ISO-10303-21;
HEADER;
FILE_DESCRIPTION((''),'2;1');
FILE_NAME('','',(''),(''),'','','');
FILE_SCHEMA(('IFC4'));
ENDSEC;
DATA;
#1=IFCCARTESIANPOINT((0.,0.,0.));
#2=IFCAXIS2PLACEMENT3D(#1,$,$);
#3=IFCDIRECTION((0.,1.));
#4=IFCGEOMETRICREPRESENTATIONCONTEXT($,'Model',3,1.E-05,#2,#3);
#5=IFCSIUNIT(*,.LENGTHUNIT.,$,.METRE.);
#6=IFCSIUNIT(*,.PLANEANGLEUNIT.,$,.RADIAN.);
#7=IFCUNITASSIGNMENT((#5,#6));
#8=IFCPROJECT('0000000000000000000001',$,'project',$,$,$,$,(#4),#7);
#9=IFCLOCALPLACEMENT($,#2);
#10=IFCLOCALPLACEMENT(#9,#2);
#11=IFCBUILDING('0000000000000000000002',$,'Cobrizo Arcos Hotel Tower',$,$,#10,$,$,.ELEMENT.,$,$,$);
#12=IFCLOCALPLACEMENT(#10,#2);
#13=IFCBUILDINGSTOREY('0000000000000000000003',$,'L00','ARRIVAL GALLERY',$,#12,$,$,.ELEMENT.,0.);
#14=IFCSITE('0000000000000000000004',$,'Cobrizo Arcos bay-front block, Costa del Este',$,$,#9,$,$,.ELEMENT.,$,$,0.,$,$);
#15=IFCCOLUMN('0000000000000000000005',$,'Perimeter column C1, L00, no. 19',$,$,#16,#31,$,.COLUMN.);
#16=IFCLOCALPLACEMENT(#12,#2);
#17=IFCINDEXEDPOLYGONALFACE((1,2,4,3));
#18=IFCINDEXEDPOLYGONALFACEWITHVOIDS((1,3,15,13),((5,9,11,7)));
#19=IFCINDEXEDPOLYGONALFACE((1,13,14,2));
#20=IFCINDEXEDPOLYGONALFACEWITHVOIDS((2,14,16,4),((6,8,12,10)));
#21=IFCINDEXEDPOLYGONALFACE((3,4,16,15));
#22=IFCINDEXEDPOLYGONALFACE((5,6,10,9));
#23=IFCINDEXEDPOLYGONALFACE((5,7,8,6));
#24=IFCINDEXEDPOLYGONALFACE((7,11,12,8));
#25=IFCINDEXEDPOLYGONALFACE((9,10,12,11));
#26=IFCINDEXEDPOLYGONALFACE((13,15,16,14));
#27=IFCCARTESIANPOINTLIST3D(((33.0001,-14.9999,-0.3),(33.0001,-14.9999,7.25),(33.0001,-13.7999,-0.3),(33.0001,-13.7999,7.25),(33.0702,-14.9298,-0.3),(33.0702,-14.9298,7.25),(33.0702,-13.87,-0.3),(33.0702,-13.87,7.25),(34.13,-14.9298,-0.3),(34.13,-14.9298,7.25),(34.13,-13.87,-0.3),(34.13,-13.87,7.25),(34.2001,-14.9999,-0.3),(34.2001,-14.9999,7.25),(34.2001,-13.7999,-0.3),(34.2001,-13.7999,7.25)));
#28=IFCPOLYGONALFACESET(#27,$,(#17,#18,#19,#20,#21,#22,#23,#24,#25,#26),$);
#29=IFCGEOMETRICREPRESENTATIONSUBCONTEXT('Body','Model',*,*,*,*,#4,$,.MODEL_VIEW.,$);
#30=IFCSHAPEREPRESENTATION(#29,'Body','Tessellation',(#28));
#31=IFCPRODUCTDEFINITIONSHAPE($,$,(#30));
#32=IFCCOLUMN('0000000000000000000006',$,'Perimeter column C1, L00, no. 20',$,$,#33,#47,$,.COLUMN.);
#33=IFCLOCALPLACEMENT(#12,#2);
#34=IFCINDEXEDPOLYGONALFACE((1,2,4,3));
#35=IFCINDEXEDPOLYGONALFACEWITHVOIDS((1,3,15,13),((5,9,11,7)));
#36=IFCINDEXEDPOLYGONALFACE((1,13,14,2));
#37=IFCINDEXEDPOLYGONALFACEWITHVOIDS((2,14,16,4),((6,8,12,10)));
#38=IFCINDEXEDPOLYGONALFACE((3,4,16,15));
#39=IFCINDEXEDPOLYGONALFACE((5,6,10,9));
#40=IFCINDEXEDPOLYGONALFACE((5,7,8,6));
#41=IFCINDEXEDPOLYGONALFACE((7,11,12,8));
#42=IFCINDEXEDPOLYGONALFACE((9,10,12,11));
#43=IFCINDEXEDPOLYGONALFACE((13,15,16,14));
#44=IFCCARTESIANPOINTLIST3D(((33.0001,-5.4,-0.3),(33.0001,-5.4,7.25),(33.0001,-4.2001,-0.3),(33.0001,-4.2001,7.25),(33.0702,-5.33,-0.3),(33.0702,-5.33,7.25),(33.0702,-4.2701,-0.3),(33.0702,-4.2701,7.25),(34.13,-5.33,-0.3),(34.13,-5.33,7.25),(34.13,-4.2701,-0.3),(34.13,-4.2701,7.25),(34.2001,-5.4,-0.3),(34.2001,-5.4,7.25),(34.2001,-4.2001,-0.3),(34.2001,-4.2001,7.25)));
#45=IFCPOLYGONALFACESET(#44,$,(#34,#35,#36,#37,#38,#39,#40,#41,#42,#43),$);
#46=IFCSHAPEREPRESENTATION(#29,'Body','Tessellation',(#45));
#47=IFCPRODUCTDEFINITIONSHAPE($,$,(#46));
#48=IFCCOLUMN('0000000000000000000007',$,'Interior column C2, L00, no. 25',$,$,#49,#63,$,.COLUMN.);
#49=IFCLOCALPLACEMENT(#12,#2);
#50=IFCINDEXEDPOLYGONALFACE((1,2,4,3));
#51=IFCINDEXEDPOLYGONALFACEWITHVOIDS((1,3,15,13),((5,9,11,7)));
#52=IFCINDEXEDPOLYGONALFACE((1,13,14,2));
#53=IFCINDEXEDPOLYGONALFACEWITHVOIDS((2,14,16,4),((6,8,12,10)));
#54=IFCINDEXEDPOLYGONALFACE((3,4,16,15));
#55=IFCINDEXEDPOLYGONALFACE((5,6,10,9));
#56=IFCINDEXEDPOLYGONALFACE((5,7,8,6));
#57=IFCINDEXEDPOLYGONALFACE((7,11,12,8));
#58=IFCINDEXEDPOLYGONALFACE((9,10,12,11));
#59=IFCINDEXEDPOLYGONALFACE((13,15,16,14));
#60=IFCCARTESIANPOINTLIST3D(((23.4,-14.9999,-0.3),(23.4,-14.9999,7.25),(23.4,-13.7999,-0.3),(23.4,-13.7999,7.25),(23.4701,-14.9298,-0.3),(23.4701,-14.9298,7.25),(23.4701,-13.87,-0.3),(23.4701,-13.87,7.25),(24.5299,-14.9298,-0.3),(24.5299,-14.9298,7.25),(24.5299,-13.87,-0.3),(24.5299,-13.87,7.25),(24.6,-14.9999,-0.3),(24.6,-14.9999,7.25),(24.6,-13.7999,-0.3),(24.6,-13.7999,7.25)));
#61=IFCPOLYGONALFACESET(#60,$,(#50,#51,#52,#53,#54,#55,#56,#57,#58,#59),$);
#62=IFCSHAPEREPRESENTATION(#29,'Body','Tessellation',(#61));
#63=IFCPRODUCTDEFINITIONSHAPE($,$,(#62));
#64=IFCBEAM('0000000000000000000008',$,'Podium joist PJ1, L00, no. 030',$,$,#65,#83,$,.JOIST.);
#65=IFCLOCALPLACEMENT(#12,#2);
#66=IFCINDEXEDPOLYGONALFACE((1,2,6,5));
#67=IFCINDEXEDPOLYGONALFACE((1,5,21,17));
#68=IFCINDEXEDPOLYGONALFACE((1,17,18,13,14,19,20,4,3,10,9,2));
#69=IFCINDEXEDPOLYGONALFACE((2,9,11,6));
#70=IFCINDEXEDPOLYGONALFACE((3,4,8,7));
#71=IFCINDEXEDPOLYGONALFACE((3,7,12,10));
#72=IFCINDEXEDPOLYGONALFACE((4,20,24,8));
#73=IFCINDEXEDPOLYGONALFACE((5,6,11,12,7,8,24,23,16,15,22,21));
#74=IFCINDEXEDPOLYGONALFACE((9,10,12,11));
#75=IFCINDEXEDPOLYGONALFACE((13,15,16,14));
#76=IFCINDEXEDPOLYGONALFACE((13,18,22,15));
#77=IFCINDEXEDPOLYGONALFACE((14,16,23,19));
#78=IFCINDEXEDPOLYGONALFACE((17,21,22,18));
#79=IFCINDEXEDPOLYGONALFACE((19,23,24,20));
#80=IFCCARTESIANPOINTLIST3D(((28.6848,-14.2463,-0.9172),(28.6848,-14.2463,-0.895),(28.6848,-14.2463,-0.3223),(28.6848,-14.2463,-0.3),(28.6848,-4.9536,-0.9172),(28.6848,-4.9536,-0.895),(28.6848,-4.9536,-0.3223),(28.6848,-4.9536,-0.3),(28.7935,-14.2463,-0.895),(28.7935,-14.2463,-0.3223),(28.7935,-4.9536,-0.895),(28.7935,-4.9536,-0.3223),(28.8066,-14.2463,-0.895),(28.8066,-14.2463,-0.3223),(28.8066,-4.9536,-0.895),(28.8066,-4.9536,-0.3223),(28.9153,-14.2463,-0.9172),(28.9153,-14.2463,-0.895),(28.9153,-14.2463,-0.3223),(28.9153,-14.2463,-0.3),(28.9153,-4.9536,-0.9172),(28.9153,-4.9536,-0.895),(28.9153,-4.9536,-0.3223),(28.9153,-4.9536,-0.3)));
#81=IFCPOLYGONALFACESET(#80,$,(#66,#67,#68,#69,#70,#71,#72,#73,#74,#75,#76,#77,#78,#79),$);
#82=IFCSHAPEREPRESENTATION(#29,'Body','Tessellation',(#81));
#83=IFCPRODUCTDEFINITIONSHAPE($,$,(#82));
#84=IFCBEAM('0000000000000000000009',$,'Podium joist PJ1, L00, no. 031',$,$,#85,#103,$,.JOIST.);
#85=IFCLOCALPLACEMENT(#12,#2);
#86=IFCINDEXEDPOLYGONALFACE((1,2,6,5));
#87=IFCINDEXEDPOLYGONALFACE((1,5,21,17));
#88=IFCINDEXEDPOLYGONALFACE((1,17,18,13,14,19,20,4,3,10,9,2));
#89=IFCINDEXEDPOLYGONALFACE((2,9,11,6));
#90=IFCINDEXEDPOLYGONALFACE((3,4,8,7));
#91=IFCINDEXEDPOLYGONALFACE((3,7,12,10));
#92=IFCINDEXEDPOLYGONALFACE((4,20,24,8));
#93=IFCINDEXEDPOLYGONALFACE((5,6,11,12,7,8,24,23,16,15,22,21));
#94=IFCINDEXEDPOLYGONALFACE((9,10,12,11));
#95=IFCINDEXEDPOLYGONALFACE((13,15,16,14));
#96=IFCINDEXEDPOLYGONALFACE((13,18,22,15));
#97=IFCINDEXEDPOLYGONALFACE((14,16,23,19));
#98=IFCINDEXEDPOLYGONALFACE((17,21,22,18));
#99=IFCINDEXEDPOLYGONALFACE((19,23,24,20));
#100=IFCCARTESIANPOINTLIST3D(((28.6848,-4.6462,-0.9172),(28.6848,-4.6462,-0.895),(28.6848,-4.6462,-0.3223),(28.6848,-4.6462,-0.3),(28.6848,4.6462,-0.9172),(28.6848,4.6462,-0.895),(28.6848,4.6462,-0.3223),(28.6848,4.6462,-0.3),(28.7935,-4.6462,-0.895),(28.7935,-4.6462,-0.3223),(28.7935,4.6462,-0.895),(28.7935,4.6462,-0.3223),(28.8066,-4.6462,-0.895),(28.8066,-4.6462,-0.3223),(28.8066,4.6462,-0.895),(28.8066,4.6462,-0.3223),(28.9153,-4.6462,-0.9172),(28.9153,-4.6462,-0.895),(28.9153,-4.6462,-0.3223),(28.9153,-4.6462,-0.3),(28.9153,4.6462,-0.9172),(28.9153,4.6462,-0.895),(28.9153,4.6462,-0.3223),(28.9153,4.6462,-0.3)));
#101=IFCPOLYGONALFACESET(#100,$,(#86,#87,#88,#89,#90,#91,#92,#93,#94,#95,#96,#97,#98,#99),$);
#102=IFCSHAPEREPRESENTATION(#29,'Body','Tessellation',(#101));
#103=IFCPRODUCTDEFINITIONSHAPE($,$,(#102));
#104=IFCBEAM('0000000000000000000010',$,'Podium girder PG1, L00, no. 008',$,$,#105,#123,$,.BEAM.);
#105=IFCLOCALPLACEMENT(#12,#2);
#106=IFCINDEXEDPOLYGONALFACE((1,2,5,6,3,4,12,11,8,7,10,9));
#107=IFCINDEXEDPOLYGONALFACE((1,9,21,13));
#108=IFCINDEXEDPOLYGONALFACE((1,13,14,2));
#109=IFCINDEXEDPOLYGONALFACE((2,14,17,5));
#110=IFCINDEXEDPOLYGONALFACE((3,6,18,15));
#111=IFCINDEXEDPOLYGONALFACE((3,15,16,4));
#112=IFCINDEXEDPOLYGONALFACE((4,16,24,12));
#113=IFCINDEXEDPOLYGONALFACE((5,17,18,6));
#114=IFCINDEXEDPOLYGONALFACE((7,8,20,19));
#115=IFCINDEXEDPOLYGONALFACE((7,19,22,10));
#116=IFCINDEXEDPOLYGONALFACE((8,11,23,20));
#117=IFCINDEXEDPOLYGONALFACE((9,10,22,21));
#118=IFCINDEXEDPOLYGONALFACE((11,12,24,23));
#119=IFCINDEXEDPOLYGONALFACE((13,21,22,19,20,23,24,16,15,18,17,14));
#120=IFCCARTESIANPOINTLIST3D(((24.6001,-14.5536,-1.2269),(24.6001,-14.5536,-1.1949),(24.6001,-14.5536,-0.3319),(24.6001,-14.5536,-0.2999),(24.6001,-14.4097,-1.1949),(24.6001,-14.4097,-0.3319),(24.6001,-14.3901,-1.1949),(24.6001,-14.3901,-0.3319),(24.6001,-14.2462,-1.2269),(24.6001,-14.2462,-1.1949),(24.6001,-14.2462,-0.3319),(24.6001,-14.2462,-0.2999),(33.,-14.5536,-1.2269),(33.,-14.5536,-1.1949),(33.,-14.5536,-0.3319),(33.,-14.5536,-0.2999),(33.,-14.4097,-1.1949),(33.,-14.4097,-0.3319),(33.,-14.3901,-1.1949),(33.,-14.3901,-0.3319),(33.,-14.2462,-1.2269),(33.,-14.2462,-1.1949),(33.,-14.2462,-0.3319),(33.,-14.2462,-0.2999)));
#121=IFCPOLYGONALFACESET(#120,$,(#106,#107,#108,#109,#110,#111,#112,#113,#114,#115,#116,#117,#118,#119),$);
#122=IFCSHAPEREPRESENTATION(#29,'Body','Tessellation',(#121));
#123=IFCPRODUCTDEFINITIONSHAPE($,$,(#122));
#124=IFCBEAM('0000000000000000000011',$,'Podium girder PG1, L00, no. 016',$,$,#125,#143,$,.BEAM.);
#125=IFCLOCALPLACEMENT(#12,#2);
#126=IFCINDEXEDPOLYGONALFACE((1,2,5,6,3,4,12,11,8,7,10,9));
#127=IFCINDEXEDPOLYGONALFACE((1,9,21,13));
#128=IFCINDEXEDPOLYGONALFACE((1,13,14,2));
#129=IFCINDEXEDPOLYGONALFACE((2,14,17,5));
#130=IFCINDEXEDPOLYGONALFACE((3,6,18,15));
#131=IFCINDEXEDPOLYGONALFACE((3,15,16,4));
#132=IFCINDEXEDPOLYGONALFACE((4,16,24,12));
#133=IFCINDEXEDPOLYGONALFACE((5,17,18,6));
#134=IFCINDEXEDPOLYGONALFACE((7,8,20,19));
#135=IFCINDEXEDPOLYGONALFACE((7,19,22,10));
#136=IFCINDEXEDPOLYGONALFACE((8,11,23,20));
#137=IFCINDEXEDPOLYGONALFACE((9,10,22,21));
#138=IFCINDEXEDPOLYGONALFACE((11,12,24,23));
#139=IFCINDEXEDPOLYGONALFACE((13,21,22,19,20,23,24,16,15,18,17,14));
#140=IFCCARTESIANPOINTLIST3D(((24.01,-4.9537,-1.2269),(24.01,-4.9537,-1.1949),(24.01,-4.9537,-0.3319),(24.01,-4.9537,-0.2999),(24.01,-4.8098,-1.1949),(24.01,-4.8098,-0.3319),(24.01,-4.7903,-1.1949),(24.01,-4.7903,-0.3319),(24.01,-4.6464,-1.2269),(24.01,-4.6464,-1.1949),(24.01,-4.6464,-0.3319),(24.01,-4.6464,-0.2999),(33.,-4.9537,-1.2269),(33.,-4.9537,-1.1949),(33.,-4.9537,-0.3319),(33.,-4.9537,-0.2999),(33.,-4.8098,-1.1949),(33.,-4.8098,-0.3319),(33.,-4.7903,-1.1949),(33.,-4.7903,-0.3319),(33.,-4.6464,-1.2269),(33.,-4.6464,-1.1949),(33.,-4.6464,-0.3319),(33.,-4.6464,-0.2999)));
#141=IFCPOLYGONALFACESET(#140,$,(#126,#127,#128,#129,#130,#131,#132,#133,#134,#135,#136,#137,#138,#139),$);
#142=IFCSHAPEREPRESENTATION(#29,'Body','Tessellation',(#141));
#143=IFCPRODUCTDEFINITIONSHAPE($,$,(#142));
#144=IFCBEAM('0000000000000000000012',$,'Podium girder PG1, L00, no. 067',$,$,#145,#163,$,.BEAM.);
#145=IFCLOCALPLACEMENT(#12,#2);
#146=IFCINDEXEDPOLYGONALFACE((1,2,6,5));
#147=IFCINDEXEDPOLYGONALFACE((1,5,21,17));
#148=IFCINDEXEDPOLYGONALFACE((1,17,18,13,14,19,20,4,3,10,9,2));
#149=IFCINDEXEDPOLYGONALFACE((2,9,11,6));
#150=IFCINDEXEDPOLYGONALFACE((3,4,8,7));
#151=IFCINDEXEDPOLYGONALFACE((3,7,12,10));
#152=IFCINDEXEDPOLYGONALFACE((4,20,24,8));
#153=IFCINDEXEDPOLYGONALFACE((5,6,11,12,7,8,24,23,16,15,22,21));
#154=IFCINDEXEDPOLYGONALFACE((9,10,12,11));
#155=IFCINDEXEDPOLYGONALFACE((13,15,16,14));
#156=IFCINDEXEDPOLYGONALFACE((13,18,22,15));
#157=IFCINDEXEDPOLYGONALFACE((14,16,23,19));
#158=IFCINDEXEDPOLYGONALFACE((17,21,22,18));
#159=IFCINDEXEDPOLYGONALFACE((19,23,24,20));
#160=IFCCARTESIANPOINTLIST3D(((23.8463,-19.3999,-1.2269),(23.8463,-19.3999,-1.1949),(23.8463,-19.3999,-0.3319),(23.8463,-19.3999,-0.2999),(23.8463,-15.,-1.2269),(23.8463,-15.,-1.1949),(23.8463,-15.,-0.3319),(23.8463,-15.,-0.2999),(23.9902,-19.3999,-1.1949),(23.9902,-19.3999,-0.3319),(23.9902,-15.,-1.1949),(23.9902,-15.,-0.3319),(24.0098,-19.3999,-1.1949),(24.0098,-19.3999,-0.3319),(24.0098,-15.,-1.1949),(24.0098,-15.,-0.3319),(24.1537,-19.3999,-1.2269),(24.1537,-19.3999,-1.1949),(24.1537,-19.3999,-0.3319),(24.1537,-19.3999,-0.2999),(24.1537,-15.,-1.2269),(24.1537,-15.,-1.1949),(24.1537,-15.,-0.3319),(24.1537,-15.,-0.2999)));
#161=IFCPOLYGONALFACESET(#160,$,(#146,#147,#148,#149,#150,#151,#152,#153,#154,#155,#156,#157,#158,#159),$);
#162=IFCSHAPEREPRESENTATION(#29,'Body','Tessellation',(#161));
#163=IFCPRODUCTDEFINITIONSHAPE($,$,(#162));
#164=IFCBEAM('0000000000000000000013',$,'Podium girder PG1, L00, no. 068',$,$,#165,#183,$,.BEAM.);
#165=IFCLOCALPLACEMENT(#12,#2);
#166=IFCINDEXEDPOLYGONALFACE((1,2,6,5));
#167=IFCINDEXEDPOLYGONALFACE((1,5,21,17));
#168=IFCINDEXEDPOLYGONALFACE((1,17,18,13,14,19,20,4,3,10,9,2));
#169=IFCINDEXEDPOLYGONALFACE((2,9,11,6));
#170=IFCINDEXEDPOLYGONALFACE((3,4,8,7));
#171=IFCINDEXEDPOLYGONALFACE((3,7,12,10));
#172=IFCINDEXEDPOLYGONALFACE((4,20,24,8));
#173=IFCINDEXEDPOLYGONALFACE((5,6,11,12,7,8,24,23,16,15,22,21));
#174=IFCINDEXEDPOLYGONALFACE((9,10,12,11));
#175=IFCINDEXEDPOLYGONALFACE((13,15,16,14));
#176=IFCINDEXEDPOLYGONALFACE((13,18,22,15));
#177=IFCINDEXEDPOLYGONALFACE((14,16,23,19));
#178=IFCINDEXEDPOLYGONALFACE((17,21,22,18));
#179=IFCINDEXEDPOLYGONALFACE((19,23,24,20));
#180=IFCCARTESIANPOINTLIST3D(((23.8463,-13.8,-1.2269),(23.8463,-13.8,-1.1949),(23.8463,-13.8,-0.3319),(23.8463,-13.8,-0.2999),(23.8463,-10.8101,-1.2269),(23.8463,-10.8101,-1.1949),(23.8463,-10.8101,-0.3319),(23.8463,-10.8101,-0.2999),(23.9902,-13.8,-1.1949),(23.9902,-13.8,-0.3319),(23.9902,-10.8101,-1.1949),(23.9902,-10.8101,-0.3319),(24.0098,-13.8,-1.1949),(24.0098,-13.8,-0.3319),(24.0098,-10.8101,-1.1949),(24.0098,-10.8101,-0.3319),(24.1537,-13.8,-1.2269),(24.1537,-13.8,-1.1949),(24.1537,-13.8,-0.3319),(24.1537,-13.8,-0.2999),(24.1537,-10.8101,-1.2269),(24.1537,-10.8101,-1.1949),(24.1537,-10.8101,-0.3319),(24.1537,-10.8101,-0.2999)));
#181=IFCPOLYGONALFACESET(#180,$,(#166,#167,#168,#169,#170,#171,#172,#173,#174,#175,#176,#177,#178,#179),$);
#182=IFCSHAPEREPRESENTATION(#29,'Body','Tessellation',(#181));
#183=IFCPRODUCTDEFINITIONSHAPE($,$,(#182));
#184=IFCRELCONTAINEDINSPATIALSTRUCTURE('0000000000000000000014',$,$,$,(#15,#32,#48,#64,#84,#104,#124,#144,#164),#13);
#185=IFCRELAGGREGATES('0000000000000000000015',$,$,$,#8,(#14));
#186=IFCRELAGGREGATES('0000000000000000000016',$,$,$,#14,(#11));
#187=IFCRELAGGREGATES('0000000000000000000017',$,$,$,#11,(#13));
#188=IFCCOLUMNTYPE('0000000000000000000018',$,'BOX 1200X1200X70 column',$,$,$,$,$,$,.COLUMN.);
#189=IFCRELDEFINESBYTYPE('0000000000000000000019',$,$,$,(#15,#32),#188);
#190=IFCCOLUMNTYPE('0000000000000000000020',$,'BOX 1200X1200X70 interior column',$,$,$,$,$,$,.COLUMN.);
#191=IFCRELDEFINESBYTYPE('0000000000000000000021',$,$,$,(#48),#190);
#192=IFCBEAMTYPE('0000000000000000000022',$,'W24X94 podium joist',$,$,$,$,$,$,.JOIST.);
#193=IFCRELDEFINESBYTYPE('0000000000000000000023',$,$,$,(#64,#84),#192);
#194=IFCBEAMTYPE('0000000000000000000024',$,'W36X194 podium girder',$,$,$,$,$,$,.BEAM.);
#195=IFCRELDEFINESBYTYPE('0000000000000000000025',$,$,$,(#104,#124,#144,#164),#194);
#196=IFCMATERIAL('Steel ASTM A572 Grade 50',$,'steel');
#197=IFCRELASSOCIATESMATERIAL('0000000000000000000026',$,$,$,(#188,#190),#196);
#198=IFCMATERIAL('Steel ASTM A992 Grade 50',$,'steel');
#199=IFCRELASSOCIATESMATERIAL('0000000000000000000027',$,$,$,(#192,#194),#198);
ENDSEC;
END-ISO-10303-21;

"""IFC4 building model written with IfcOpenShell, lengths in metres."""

from ifc_helpers import new_model, si_unit, direction, frame, origin, origin_2d, place, context, subcontext, project, spatial, hollow_rectangle, i_section, extrude, material, material_profile, profile_set, type_object, element, save


model = new_model("IFC4")

# Units and contexts
model_context = context("Model", 3, precision=1e-05, world=origin(), true_north=direction((0.0, 1.0)))
body_context = subcontext(model_context, "Body", "Model", "MODEL_VIEW")
ifc_project = project(units=[si_unit("LENGTHUNIT", "METRE"), si_unit("PLANEANGLEUNIT", "RADIAN")], contexts=[model_context])

# Site, building, storey
site_placement = place(None, origin())
site = spatial("IfcSite", under=ifc_project, at=site_placement, Name="Cobrizo Arcos bay-front block, Costa del Este", CompositionType="ELEMENT", RefElevation=0.0)
building_placement = place(site_placement, origin())
building = spatial("IfcBuilding", under=site, at=building_placement, Name="Cobrizo Arcos Hotel Tower", CompositionType="ELEMENT")
storey_placement = place(building_placement, origin())
storey = spatial("IfcBuildingStorey", under=building, at=storey_placement, Name="L00", Description="ARRIVAL GALLERY", CompositionType="ELEMENT", Elevation=0.0)

# Columns
ifc_material_1 = material(Name="Steel ASTM A572 Grade 50", Category="steel")
ifc_material_profile_1 = material_profile(ifc_material_1, hollow_rectangle(XDim=1.2, YDim=1.2, WallThickness=0.0701, at=origin_2d()), Name="BOX 1200X1200X70")
ifc_profile_set_1 = profile_set([ifc_material_profile_1], Name="Steel ASTM A572 Grade 50")
column_type_1 = type_object("IfcColumnType", Name="BOX 1200X1200X70 column", PredefinedType="COLUMN", material=ifc_profile_set_1)
for number, where, z_axis, x_axis, name in (
    (1, (33.6001, -14.3999, -0.3), (0.0, 0.0, 1.0), (1.0, 0.0, 0.0), "Perimeter column C1, L00, no. 19"),
    (2, (33.6001, -4.8, -0.3), (0.0, 0.0, 1.0), (1.0, 0.0, 0.0), "Perimeter column C1, L00, no. 20"),
):
    element("IfcColumn", number, at=place(storey_placement, frame(where, z_axis=z_axis, x_axis=x_axis)), inside=storey, type_object=column_type_1, Name=name, PredefinedType="COLUMN", context=body_context, shape_type="SweptSolid", body=[
        extrude(hollow_rectangle(XDim=1.2, YDim=1.2, WallThickness=0.0701, at=origin_2d()), origin(), (0.0, 0.0, 1.0), 7.55),
    ])
ifc_material_profile_2 = material_profile(ifc_material_1, hollow_rectangle(XDim=1.2, YDim=1.2, WallThickness=0.0701, at=origin_2d()), Name="BOX 1200X1200X70")
ifc_profile_set_2 = profile_set([ifc_material_profile_2], Name="Steel ASTM A572 Grade 50")
column_type_2 = type_object("IfcColumnType", Name="BOX 1200X1200X70 interior column", PredefinedType="COLUMN", material=ifc_profile_set_2)
column_placement = place(storey_placement, frame((24.0, -14.3999, -0.3), z_axis=(0.0, 0.0, 1.0), x_axis=(1.0, 0.0, 0.0)))
element("IfcColumn", 3, at=column_placement, inside=storey, type_object=column_type_2, Name="Interior column C2, L00, no. 25", PredefinedType="COLUMN", context=body_context, shape_type="SweptSolid", body=[
    extrude(hollow_rectangle(XDim=1.2, YDim=1.2, WallThickness=0.0701, at=origin_2d()), origin(), (0.0, 0.0, 1.0), 7.55),
])

# Beams
ifc_material_2 = material(Name="Steel ASTM A992 Grade 50", Category="steel")
ifc_material_profile_3 = material_profile(ifc_material_2, i_section(OverallWidth=0.2305, OverallDepth=0.6172, WebThickness=0.0132, FlangeThickness=0.0222, at=origin_2d()), Name="W24X94")
ifc_profile_set_3 = profile_set([ifc_material_profile_3], Name="Steel ASTM A992 Grade 50")
beam_type_1 = type_object("IfcBeamType", Name="W24X94 podium joist", PredefinedType="JOIST", material=ifc_profile_set_3)
beam_1_placement = place(storey_placement, frame((28.8, -14.2463, -0.6086), z_axis=(0.0, 1.0, 0.0), x_axis=(-1.0, 0.0, 0.0)))
element("IfcBeam", 4, at=beam_1_placement, inside=storey, type_object=beam_type_1, Name="Podium joist PJ1, L00, no. 030", PredefinedType="JOIST", context=body_context, shape_type="SweptSolid", body=[
    extrude(i_section(OverallWidth=0.2305, OverallDepth=0.6172, WebThickness=0.0132, FlangeThickness=0.0222, at=origin_2d()), origin(), (0.0, 0.0, 1.0), 9.2927),
])
beam_2_placement = place(storey_placement, frame((28.8, -4.6462, -0.6086), z_axis=(0.0, 1.0, 0.0), x_axis=(-1.0, 0.0, 0.0)))
element("IfcBeam", 5, at=beam_2_placement, inside=storey, type_object=beam_type_1, Name="Podium joist PJ1, L00, no. 031", PredefinedType="JOIST", context=body_context, shape_type="SweptSolid", body=[
    extrude(i_section(OverallWidth=0.2305, OverallDepth=0.6172, WebThickness=0.0132, FlangeThickness=0.0222, at=origin_2d()), origin(), (0.0, 0.0, 1.0), 9.2925),
])
ifc_material_profile_4 = material_profile(ifc_material_2, i_section(OverallWidth=0.3074, OverallDepth=0.927, WebThickness=0.0195, FlangeThickness=0.032, at=origin_2d()), Name="W36X194")
ifc_profile_set_4 = profile_set([ifc_material_profile_4], Name="Steel ASTM A992 Grade 50")
beam_type_2 = type_object("IfcBeamType", Name="W36X194 podium girder", PredefinedType="BEAM", material=ifc_profile_set_4)
beam_3_placement = place(storey_placement, frame((24.6001, -14.3999, -0.7634), z_axis=(1.0, 0.0, 0.0), x_axis=(0.0, 1.0, 0.0)))
element("IfcBeam", 6, at=beam_3_placement, inside=storey, type_object=beam_type_2, Name="Podium girder PG1, L00, no. 008", PredefinedType="BEAM", context=body_context, shape_type="SweptSolid", body=[
    extrude(i_section(OverallWidth=0.3074, OverallDepth=0.927, WebThickness=0.0195, FlangeThickness=0.032, at=origin_2d()), origin(), (0.0, 0.0, 1.0), 8.3999),
])
beam_4_placement = place(storey_placement, frame((24.01, -4.8, -0.7634), z_axis=(1.0, 0.0, 0.0), x_axis=(0.0, 1.0, 0.0)))
element("IfcBeam", 7, at=beam_4_placement, inside=storey, type_object=beam_type_2, Name="Podium girder PG1, L00, no. 016", PredefinedType="BEAM", context=body_context, shape_type="SweptSolid", body=[
    extrude(i_section(OverallWidth=0.3074, OverallDepth=0.927, WebThickness=0.0195, FlangeThickness=0.032, at=origin_2d()), origin(), (0.0, 0.0, 1.0), 8.99),
])
beam_5_placement = place(storey_placement, frame((24.0, -19.3999, -0.7634), z_axis=(0.0, 1.0, 0.0), x_axis=(-1.0, 0.0, 0.0)))
element("IfcBeam", 8, at=beam_5_placement, inside=storey, type_object=beam_type_2, Name="Podium girder PG1, L00, no. 067", PredefinedType="BEAM", context=body_context, shape_type="SweptSolid", body=[
    extrude(i_section(OverallWidth=0.3074, OverallDepth=0.927, WebThickness=0.0195, FlangeThickness=0.032, at=origin_2d()), origin(), (0.0, 0.0, 1.0), 4.3999),
])
beam_6_placement = place(storey_placement, frame((24.0, -13.8, -0.7634), z_axis=(0.0, 1.0, 0.0), x_axis=(-1.0, 0.0, 0.0)))
element("IfcBeam", 9, at=beam_6_placement, inside=storey, type_object=beam_type_2, Name="Podium girder PG1, L00, no. 068", PredefinedType="BEAM", context=body_context, shape_type="SweptSolid", body=[
    extrude(i_section(OverallWidth=0.3074, OverallDepth=0.927, WebThickness=0.0195, FlangeThickness=0.032, at=origin_2d()), origin(), (0.0, 0.0, 1.0), 2.99),
])

save(model, "model.ifc")
